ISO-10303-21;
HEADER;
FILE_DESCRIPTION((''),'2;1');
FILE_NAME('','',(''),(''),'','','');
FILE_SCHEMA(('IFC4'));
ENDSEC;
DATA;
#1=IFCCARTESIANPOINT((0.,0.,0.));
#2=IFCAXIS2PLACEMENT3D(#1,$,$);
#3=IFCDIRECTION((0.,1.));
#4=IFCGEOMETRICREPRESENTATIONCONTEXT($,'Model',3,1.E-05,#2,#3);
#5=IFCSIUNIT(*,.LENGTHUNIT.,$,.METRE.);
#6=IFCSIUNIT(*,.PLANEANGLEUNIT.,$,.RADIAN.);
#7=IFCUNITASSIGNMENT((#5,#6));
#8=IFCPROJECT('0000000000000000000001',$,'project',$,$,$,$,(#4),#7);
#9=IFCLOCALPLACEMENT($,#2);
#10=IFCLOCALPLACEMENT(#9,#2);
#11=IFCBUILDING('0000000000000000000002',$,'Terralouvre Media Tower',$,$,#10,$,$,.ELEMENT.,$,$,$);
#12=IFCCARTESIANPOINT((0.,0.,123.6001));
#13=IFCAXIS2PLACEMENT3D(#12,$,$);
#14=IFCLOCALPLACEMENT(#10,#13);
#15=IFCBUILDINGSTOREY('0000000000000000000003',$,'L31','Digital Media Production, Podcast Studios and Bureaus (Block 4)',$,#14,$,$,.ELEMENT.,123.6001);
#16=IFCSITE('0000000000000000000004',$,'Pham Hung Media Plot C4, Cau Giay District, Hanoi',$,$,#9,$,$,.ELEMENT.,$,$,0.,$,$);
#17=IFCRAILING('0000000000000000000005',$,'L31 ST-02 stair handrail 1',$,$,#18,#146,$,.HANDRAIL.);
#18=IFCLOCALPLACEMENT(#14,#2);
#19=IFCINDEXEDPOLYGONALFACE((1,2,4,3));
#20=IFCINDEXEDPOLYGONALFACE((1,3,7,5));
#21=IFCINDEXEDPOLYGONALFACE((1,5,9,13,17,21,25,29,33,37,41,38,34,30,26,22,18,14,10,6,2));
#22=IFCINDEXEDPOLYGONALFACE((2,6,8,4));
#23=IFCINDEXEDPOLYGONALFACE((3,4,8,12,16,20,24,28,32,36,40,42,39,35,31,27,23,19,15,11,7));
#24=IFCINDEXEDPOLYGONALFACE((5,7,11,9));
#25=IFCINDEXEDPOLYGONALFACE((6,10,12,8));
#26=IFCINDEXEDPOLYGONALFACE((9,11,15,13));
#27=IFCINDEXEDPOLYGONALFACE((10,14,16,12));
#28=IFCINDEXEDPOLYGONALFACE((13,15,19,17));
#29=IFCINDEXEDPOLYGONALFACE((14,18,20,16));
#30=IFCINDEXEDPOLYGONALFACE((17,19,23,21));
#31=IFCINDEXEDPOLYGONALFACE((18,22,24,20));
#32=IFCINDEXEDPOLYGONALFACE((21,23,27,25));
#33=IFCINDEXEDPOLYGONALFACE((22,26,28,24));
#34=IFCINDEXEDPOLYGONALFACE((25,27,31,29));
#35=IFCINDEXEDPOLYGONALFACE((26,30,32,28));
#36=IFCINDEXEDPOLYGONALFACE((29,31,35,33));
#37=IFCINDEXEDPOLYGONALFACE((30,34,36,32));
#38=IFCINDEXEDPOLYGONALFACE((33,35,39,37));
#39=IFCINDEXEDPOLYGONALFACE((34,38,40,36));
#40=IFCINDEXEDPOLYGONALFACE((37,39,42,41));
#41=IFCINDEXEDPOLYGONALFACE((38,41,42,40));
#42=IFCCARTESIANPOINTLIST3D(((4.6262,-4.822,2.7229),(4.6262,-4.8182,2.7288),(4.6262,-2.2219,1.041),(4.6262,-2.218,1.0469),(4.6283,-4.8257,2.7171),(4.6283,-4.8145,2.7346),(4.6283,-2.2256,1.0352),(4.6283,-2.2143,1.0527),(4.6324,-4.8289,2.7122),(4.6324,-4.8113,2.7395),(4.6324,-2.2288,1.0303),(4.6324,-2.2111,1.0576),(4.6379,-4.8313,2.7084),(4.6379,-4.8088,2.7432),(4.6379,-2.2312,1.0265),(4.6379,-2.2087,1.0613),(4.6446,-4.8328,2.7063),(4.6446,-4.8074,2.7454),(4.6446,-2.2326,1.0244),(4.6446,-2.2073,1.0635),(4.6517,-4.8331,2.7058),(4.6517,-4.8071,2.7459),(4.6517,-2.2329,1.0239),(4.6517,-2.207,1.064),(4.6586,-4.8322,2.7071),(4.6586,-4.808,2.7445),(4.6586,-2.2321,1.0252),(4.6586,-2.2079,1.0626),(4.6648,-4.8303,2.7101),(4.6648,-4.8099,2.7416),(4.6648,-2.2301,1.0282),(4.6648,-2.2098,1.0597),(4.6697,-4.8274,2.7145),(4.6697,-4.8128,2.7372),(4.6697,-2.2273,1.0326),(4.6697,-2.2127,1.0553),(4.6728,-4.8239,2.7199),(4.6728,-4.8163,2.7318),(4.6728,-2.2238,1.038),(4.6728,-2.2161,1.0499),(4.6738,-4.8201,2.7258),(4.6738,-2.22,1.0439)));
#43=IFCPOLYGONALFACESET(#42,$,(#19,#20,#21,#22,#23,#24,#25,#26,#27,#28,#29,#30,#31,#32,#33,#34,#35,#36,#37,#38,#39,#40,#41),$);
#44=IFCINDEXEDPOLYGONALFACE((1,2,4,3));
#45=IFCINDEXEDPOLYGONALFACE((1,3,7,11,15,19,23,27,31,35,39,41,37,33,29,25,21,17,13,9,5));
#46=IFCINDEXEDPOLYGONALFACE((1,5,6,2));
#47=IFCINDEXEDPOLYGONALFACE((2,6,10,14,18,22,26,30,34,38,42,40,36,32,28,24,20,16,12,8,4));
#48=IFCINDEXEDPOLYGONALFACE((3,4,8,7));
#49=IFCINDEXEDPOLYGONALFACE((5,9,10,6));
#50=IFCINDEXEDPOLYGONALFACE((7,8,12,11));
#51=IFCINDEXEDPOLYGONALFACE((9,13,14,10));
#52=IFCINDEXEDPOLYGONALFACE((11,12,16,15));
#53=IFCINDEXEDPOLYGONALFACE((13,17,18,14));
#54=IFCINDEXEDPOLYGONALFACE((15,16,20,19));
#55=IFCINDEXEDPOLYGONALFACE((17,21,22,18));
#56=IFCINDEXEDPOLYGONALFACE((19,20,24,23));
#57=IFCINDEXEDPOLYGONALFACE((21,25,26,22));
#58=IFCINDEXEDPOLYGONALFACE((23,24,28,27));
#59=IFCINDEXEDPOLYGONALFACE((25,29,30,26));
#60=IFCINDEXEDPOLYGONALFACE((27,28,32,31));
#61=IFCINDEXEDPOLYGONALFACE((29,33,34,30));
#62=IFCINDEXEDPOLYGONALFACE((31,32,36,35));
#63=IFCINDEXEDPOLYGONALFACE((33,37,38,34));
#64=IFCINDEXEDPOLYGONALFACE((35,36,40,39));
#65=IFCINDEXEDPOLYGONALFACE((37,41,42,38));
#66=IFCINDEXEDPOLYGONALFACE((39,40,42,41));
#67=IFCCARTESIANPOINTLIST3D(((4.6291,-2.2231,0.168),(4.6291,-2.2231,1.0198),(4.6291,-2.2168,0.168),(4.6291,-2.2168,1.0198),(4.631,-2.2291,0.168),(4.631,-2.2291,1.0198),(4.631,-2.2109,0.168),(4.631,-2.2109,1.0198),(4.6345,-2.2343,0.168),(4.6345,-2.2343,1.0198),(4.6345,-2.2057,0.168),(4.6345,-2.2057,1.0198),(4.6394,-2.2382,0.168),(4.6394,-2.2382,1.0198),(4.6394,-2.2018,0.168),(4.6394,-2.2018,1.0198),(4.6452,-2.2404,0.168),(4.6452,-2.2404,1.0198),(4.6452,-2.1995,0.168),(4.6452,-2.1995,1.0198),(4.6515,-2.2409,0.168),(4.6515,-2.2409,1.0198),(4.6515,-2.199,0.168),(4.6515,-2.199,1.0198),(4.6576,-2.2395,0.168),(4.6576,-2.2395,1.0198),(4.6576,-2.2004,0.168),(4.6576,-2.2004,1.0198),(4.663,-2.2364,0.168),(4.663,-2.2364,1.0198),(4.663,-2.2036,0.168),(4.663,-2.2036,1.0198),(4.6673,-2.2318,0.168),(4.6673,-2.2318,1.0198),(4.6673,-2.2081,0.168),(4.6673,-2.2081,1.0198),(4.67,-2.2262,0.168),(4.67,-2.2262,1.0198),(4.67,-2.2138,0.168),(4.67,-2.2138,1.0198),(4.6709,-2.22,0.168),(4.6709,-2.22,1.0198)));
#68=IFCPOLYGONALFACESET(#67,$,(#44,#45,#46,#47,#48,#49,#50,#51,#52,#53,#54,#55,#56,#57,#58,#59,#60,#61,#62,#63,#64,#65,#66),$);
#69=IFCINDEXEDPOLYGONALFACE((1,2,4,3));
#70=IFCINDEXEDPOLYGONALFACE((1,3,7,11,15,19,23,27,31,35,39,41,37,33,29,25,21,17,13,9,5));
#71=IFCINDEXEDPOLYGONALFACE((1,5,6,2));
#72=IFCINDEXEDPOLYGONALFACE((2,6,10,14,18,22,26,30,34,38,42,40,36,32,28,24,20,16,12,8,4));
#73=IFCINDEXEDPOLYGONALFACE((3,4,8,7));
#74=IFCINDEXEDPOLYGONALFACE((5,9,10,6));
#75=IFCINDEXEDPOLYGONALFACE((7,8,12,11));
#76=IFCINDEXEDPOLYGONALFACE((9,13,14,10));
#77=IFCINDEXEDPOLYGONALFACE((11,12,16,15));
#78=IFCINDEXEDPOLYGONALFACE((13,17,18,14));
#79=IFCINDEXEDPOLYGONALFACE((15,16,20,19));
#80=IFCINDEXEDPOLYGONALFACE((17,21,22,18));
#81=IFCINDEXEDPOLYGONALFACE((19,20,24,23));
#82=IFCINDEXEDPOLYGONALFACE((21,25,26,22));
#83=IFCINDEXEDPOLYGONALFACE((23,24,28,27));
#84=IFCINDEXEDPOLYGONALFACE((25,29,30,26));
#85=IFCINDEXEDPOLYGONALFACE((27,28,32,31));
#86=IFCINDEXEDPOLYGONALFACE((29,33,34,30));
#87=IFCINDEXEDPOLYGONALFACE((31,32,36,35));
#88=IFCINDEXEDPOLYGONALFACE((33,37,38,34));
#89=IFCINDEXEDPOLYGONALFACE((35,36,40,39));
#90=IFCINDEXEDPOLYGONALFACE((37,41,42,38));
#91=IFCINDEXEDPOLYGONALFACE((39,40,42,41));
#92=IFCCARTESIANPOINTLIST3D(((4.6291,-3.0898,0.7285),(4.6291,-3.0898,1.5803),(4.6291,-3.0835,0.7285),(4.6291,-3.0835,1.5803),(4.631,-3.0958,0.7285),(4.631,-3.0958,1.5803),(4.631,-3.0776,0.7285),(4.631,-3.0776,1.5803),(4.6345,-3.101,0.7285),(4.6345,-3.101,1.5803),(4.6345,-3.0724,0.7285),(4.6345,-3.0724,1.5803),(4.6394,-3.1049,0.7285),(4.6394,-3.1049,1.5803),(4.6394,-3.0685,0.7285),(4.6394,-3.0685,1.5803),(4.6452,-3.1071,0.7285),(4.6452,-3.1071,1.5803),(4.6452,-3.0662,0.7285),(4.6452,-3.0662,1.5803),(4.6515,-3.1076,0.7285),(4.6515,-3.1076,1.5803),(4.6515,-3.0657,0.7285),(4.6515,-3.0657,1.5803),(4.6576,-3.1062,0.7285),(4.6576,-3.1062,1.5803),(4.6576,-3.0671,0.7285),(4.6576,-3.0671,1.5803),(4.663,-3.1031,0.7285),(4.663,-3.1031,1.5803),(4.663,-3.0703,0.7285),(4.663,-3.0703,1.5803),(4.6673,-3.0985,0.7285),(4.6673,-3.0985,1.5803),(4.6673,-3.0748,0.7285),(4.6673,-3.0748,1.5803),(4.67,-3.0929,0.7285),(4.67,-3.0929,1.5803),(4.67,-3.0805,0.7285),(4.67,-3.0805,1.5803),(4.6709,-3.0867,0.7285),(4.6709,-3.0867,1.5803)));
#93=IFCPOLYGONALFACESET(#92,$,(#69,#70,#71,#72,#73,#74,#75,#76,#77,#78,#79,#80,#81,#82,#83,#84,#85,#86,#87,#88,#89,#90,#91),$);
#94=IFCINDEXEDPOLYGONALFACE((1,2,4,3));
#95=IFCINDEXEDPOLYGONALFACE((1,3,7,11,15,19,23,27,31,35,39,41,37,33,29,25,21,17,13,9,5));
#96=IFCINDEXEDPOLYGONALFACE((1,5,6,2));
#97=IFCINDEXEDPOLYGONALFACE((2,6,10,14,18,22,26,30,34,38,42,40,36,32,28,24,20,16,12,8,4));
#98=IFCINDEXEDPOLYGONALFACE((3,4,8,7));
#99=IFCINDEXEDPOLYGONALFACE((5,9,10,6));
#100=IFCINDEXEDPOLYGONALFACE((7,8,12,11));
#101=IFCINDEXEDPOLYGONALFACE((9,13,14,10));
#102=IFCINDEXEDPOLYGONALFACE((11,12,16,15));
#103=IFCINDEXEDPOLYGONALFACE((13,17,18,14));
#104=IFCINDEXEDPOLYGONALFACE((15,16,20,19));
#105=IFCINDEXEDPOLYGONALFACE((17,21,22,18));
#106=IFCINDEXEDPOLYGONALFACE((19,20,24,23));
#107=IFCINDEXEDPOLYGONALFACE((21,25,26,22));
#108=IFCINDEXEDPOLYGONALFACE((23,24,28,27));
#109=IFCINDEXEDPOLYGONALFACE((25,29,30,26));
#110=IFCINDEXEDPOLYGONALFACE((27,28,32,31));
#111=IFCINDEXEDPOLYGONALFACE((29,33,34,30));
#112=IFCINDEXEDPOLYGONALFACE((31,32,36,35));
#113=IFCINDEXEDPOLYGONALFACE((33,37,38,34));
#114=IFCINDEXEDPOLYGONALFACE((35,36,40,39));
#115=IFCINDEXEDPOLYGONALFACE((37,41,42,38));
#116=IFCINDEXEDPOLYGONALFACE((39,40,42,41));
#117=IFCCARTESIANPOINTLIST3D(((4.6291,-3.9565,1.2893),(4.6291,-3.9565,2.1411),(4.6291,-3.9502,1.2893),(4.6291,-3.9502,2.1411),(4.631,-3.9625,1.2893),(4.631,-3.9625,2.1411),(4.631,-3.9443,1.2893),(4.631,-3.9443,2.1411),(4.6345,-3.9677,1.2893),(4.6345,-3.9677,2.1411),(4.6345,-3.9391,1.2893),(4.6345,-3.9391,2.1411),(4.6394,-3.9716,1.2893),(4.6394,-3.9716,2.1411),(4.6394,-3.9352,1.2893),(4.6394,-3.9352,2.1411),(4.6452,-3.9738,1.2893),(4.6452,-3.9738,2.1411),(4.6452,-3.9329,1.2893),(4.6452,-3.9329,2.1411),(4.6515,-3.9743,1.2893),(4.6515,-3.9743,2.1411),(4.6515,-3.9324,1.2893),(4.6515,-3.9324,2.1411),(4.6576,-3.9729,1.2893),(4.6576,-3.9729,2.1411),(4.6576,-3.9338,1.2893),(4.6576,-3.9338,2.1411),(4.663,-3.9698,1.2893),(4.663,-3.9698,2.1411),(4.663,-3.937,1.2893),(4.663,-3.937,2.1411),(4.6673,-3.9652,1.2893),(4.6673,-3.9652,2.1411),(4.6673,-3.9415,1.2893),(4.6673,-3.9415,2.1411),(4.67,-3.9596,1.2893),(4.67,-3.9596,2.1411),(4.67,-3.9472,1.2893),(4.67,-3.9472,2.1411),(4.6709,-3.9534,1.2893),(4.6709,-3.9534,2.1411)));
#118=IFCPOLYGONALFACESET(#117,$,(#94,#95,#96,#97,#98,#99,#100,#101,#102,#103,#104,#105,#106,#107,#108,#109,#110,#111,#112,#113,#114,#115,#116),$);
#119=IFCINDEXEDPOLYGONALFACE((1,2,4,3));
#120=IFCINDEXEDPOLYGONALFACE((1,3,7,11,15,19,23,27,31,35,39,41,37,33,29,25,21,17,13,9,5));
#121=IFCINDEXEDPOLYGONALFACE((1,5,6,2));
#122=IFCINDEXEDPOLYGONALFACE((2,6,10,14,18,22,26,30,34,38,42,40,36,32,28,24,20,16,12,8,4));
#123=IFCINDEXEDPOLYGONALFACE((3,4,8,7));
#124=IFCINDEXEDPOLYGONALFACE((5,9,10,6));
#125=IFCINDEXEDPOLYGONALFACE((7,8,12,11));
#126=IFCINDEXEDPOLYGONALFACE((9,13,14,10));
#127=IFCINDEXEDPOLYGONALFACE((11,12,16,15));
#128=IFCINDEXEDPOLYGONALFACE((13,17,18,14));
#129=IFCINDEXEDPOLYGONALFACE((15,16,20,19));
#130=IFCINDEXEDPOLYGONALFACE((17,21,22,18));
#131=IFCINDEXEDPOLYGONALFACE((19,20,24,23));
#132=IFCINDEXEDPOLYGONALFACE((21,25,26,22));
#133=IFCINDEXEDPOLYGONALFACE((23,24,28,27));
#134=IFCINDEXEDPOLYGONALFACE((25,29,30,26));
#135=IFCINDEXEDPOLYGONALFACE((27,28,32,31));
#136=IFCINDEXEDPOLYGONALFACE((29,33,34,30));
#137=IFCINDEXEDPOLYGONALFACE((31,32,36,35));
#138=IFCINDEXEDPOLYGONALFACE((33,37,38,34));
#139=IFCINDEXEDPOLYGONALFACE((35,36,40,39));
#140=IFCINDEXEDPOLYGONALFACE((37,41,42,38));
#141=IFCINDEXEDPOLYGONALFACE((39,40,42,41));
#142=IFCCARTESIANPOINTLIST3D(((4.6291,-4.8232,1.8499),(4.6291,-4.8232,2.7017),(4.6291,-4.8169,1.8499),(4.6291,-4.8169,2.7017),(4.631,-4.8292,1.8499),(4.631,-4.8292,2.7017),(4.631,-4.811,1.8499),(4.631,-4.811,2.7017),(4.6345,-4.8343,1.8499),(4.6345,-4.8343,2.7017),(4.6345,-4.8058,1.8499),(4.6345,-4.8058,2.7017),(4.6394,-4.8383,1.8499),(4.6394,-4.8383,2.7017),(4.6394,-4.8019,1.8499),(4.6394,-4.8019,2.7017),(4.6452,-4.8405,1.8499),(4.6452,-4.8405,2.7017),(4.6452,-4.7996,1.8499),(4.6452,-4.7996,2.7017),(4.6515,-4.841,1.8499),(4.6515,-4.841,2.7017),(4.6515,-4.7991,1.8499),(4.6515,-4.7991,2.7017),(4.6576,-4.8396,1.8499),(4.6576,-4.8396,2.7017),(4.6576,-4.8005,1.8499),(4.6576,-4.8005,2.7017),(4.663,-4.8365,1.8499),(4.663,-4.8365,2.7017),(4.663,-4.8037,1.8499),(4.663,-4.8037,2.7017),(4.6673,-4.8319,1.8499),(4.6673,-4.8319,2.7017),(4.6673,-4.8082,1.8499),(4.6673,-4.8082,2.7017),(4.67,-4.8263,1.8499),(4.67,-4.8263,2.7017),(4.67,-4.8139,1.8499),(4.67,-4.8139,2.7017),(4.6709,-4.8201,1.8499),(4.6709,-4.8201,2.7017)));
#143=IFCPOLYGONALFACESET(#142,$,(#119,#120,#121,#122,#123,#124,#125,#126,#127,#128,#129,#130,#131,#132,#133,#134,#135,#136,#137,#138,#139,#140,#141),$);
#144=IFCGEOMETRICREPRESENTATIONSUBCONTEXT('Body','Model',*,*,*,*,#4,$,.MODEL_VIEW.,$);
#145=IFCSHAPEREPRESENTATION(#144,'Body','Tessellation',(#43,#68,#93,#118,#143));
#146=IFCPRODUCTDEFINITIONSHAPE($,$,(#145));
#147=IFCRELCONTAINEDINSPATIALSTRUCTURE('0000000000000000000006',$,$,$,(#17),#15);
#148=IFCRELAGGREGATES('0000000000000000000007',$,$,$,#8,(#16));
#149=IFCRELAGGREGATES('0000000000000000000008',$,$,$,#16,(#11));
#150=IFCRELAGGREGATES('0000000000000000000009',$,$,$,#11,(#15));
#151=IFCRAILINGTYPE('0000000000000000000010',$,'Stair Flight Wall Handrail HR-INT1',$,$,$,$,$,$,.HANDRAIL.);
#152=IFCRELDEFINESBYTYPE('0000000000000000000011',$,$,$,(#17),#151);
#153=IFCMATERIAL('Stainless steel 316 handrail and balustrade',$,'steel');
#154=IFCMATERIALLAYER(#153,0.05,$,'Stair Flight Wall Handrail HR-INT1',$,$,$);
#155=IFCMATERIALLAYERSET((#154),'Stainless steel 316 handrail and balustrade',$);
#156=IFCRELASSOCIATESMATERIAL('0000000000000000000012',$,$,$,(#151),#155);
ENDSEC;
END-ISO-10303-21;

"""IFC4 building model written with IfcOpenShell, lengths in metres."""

from ifc_helpers import new_model, si_unit, direction, frame, origin, origin_2d, place, context, subcontext, project, spatial, circle, extrude, material, layer, layer_set, type_object, element, save


model = new_model("IFC4")

# Units and contexts
model_context = context("Model", 3, precision=1e-05, world=origin(), true_north=direction((0.0, 1.0)))
body_context = subcontext(model_context, "Body", "Model", "MODEL_VIEW")
ifc_project = project(units=[si_unit("LENGTHUNIT", "METRE"), si_unit("PLANEANGLEUNIT", "RADIAN")], contexts=[model_context])

# Site, building, storey
site_placement = place(None, origin())
site = spatial("IfcSite", under=ifc_project, at=site_placement, Name="Pham Hung Media Plot C4, Cau Giay District, Hanoi", CompositionType="ELEMENT", RefElevation=0.0)
building_placement = place(site_placement, origin())
building = spatial("IfcBuilding", under=site, at=building_placement, Name="Terralouvre Media Tower", CompositionType="ELEMENT")
storey_placement = place(building_placement, frame((0.0, 0.0, 123.6001)))
storey = spatial("IfcBuildingStorey", under=building, at=storey_placement, Name="L31", Description="Digital Media Production, Podcast Studios and Bureaus (Block 4)", CompositionType="ELEMENT", Elevation=123.6001)

# Railing
ifc_material_1 = material(Name="Stainless steel 316 handrail and balustrade", Category="steel")
ifc_layer_1 = layer(ifc_material_1, 0.05, Name="Stair Flight Wall Handrail HR-INT1")
ifc_layer_set_1 = layer_set([ifc_layer_1], Name="Stainless steel 316 handrail and balustrade")
railing_type_1 = type_object("IfcRailingType", Name="Stair Flight Wall Handrail HR-INT1", PredefinedType="HANDRAIL", material=ifc_layer_set_1)
railing_1_placement = place(storey_placement, frame((4.6499, -2.22, 0.168)))
element("IfcRailing", 1, at=railing_1_placement, inside=storey, type_object=railing_type_1, Name="L31 ST-02 stair handrail 1", PredefinedType="HANDRAIL", context=body_context, shape_type="SweptSolid", body=[
    extrude(circle(Radius=0.0239, at=origin_2d()), frame((0.0, 0.0, 0.876), z_axis=(0.0, -0.839648, 0.54313), x_axis=(1.0, 0.0, 0.0)), (0.0, 0.0, 1.0), 3.0967),
    extrude(circle(Radius=0.021, at=origin_2d()), origin(), (0.0, 0.0, 1.0), 0.8518),
    extrude(circle(Radius=0.021, at=origin_2d()), frame((0.0, -0.8667, 0.5605)), (0.0, 0.0, 1.0), 0.8518),
    extrude(circle(Radius=0.021, at=origin_2d()), frame((0.0, -1.7334, 1.1213)), (0.0, 0.0, 1.0), 0.8518),
    extrude(circle(Radius=0.021, at=origin_2d()), frame((0.0, -2.6001, 1.6819)), (0.0, 0.0, 1.0), 0.8518),
])

save(model, "model.ifc")
